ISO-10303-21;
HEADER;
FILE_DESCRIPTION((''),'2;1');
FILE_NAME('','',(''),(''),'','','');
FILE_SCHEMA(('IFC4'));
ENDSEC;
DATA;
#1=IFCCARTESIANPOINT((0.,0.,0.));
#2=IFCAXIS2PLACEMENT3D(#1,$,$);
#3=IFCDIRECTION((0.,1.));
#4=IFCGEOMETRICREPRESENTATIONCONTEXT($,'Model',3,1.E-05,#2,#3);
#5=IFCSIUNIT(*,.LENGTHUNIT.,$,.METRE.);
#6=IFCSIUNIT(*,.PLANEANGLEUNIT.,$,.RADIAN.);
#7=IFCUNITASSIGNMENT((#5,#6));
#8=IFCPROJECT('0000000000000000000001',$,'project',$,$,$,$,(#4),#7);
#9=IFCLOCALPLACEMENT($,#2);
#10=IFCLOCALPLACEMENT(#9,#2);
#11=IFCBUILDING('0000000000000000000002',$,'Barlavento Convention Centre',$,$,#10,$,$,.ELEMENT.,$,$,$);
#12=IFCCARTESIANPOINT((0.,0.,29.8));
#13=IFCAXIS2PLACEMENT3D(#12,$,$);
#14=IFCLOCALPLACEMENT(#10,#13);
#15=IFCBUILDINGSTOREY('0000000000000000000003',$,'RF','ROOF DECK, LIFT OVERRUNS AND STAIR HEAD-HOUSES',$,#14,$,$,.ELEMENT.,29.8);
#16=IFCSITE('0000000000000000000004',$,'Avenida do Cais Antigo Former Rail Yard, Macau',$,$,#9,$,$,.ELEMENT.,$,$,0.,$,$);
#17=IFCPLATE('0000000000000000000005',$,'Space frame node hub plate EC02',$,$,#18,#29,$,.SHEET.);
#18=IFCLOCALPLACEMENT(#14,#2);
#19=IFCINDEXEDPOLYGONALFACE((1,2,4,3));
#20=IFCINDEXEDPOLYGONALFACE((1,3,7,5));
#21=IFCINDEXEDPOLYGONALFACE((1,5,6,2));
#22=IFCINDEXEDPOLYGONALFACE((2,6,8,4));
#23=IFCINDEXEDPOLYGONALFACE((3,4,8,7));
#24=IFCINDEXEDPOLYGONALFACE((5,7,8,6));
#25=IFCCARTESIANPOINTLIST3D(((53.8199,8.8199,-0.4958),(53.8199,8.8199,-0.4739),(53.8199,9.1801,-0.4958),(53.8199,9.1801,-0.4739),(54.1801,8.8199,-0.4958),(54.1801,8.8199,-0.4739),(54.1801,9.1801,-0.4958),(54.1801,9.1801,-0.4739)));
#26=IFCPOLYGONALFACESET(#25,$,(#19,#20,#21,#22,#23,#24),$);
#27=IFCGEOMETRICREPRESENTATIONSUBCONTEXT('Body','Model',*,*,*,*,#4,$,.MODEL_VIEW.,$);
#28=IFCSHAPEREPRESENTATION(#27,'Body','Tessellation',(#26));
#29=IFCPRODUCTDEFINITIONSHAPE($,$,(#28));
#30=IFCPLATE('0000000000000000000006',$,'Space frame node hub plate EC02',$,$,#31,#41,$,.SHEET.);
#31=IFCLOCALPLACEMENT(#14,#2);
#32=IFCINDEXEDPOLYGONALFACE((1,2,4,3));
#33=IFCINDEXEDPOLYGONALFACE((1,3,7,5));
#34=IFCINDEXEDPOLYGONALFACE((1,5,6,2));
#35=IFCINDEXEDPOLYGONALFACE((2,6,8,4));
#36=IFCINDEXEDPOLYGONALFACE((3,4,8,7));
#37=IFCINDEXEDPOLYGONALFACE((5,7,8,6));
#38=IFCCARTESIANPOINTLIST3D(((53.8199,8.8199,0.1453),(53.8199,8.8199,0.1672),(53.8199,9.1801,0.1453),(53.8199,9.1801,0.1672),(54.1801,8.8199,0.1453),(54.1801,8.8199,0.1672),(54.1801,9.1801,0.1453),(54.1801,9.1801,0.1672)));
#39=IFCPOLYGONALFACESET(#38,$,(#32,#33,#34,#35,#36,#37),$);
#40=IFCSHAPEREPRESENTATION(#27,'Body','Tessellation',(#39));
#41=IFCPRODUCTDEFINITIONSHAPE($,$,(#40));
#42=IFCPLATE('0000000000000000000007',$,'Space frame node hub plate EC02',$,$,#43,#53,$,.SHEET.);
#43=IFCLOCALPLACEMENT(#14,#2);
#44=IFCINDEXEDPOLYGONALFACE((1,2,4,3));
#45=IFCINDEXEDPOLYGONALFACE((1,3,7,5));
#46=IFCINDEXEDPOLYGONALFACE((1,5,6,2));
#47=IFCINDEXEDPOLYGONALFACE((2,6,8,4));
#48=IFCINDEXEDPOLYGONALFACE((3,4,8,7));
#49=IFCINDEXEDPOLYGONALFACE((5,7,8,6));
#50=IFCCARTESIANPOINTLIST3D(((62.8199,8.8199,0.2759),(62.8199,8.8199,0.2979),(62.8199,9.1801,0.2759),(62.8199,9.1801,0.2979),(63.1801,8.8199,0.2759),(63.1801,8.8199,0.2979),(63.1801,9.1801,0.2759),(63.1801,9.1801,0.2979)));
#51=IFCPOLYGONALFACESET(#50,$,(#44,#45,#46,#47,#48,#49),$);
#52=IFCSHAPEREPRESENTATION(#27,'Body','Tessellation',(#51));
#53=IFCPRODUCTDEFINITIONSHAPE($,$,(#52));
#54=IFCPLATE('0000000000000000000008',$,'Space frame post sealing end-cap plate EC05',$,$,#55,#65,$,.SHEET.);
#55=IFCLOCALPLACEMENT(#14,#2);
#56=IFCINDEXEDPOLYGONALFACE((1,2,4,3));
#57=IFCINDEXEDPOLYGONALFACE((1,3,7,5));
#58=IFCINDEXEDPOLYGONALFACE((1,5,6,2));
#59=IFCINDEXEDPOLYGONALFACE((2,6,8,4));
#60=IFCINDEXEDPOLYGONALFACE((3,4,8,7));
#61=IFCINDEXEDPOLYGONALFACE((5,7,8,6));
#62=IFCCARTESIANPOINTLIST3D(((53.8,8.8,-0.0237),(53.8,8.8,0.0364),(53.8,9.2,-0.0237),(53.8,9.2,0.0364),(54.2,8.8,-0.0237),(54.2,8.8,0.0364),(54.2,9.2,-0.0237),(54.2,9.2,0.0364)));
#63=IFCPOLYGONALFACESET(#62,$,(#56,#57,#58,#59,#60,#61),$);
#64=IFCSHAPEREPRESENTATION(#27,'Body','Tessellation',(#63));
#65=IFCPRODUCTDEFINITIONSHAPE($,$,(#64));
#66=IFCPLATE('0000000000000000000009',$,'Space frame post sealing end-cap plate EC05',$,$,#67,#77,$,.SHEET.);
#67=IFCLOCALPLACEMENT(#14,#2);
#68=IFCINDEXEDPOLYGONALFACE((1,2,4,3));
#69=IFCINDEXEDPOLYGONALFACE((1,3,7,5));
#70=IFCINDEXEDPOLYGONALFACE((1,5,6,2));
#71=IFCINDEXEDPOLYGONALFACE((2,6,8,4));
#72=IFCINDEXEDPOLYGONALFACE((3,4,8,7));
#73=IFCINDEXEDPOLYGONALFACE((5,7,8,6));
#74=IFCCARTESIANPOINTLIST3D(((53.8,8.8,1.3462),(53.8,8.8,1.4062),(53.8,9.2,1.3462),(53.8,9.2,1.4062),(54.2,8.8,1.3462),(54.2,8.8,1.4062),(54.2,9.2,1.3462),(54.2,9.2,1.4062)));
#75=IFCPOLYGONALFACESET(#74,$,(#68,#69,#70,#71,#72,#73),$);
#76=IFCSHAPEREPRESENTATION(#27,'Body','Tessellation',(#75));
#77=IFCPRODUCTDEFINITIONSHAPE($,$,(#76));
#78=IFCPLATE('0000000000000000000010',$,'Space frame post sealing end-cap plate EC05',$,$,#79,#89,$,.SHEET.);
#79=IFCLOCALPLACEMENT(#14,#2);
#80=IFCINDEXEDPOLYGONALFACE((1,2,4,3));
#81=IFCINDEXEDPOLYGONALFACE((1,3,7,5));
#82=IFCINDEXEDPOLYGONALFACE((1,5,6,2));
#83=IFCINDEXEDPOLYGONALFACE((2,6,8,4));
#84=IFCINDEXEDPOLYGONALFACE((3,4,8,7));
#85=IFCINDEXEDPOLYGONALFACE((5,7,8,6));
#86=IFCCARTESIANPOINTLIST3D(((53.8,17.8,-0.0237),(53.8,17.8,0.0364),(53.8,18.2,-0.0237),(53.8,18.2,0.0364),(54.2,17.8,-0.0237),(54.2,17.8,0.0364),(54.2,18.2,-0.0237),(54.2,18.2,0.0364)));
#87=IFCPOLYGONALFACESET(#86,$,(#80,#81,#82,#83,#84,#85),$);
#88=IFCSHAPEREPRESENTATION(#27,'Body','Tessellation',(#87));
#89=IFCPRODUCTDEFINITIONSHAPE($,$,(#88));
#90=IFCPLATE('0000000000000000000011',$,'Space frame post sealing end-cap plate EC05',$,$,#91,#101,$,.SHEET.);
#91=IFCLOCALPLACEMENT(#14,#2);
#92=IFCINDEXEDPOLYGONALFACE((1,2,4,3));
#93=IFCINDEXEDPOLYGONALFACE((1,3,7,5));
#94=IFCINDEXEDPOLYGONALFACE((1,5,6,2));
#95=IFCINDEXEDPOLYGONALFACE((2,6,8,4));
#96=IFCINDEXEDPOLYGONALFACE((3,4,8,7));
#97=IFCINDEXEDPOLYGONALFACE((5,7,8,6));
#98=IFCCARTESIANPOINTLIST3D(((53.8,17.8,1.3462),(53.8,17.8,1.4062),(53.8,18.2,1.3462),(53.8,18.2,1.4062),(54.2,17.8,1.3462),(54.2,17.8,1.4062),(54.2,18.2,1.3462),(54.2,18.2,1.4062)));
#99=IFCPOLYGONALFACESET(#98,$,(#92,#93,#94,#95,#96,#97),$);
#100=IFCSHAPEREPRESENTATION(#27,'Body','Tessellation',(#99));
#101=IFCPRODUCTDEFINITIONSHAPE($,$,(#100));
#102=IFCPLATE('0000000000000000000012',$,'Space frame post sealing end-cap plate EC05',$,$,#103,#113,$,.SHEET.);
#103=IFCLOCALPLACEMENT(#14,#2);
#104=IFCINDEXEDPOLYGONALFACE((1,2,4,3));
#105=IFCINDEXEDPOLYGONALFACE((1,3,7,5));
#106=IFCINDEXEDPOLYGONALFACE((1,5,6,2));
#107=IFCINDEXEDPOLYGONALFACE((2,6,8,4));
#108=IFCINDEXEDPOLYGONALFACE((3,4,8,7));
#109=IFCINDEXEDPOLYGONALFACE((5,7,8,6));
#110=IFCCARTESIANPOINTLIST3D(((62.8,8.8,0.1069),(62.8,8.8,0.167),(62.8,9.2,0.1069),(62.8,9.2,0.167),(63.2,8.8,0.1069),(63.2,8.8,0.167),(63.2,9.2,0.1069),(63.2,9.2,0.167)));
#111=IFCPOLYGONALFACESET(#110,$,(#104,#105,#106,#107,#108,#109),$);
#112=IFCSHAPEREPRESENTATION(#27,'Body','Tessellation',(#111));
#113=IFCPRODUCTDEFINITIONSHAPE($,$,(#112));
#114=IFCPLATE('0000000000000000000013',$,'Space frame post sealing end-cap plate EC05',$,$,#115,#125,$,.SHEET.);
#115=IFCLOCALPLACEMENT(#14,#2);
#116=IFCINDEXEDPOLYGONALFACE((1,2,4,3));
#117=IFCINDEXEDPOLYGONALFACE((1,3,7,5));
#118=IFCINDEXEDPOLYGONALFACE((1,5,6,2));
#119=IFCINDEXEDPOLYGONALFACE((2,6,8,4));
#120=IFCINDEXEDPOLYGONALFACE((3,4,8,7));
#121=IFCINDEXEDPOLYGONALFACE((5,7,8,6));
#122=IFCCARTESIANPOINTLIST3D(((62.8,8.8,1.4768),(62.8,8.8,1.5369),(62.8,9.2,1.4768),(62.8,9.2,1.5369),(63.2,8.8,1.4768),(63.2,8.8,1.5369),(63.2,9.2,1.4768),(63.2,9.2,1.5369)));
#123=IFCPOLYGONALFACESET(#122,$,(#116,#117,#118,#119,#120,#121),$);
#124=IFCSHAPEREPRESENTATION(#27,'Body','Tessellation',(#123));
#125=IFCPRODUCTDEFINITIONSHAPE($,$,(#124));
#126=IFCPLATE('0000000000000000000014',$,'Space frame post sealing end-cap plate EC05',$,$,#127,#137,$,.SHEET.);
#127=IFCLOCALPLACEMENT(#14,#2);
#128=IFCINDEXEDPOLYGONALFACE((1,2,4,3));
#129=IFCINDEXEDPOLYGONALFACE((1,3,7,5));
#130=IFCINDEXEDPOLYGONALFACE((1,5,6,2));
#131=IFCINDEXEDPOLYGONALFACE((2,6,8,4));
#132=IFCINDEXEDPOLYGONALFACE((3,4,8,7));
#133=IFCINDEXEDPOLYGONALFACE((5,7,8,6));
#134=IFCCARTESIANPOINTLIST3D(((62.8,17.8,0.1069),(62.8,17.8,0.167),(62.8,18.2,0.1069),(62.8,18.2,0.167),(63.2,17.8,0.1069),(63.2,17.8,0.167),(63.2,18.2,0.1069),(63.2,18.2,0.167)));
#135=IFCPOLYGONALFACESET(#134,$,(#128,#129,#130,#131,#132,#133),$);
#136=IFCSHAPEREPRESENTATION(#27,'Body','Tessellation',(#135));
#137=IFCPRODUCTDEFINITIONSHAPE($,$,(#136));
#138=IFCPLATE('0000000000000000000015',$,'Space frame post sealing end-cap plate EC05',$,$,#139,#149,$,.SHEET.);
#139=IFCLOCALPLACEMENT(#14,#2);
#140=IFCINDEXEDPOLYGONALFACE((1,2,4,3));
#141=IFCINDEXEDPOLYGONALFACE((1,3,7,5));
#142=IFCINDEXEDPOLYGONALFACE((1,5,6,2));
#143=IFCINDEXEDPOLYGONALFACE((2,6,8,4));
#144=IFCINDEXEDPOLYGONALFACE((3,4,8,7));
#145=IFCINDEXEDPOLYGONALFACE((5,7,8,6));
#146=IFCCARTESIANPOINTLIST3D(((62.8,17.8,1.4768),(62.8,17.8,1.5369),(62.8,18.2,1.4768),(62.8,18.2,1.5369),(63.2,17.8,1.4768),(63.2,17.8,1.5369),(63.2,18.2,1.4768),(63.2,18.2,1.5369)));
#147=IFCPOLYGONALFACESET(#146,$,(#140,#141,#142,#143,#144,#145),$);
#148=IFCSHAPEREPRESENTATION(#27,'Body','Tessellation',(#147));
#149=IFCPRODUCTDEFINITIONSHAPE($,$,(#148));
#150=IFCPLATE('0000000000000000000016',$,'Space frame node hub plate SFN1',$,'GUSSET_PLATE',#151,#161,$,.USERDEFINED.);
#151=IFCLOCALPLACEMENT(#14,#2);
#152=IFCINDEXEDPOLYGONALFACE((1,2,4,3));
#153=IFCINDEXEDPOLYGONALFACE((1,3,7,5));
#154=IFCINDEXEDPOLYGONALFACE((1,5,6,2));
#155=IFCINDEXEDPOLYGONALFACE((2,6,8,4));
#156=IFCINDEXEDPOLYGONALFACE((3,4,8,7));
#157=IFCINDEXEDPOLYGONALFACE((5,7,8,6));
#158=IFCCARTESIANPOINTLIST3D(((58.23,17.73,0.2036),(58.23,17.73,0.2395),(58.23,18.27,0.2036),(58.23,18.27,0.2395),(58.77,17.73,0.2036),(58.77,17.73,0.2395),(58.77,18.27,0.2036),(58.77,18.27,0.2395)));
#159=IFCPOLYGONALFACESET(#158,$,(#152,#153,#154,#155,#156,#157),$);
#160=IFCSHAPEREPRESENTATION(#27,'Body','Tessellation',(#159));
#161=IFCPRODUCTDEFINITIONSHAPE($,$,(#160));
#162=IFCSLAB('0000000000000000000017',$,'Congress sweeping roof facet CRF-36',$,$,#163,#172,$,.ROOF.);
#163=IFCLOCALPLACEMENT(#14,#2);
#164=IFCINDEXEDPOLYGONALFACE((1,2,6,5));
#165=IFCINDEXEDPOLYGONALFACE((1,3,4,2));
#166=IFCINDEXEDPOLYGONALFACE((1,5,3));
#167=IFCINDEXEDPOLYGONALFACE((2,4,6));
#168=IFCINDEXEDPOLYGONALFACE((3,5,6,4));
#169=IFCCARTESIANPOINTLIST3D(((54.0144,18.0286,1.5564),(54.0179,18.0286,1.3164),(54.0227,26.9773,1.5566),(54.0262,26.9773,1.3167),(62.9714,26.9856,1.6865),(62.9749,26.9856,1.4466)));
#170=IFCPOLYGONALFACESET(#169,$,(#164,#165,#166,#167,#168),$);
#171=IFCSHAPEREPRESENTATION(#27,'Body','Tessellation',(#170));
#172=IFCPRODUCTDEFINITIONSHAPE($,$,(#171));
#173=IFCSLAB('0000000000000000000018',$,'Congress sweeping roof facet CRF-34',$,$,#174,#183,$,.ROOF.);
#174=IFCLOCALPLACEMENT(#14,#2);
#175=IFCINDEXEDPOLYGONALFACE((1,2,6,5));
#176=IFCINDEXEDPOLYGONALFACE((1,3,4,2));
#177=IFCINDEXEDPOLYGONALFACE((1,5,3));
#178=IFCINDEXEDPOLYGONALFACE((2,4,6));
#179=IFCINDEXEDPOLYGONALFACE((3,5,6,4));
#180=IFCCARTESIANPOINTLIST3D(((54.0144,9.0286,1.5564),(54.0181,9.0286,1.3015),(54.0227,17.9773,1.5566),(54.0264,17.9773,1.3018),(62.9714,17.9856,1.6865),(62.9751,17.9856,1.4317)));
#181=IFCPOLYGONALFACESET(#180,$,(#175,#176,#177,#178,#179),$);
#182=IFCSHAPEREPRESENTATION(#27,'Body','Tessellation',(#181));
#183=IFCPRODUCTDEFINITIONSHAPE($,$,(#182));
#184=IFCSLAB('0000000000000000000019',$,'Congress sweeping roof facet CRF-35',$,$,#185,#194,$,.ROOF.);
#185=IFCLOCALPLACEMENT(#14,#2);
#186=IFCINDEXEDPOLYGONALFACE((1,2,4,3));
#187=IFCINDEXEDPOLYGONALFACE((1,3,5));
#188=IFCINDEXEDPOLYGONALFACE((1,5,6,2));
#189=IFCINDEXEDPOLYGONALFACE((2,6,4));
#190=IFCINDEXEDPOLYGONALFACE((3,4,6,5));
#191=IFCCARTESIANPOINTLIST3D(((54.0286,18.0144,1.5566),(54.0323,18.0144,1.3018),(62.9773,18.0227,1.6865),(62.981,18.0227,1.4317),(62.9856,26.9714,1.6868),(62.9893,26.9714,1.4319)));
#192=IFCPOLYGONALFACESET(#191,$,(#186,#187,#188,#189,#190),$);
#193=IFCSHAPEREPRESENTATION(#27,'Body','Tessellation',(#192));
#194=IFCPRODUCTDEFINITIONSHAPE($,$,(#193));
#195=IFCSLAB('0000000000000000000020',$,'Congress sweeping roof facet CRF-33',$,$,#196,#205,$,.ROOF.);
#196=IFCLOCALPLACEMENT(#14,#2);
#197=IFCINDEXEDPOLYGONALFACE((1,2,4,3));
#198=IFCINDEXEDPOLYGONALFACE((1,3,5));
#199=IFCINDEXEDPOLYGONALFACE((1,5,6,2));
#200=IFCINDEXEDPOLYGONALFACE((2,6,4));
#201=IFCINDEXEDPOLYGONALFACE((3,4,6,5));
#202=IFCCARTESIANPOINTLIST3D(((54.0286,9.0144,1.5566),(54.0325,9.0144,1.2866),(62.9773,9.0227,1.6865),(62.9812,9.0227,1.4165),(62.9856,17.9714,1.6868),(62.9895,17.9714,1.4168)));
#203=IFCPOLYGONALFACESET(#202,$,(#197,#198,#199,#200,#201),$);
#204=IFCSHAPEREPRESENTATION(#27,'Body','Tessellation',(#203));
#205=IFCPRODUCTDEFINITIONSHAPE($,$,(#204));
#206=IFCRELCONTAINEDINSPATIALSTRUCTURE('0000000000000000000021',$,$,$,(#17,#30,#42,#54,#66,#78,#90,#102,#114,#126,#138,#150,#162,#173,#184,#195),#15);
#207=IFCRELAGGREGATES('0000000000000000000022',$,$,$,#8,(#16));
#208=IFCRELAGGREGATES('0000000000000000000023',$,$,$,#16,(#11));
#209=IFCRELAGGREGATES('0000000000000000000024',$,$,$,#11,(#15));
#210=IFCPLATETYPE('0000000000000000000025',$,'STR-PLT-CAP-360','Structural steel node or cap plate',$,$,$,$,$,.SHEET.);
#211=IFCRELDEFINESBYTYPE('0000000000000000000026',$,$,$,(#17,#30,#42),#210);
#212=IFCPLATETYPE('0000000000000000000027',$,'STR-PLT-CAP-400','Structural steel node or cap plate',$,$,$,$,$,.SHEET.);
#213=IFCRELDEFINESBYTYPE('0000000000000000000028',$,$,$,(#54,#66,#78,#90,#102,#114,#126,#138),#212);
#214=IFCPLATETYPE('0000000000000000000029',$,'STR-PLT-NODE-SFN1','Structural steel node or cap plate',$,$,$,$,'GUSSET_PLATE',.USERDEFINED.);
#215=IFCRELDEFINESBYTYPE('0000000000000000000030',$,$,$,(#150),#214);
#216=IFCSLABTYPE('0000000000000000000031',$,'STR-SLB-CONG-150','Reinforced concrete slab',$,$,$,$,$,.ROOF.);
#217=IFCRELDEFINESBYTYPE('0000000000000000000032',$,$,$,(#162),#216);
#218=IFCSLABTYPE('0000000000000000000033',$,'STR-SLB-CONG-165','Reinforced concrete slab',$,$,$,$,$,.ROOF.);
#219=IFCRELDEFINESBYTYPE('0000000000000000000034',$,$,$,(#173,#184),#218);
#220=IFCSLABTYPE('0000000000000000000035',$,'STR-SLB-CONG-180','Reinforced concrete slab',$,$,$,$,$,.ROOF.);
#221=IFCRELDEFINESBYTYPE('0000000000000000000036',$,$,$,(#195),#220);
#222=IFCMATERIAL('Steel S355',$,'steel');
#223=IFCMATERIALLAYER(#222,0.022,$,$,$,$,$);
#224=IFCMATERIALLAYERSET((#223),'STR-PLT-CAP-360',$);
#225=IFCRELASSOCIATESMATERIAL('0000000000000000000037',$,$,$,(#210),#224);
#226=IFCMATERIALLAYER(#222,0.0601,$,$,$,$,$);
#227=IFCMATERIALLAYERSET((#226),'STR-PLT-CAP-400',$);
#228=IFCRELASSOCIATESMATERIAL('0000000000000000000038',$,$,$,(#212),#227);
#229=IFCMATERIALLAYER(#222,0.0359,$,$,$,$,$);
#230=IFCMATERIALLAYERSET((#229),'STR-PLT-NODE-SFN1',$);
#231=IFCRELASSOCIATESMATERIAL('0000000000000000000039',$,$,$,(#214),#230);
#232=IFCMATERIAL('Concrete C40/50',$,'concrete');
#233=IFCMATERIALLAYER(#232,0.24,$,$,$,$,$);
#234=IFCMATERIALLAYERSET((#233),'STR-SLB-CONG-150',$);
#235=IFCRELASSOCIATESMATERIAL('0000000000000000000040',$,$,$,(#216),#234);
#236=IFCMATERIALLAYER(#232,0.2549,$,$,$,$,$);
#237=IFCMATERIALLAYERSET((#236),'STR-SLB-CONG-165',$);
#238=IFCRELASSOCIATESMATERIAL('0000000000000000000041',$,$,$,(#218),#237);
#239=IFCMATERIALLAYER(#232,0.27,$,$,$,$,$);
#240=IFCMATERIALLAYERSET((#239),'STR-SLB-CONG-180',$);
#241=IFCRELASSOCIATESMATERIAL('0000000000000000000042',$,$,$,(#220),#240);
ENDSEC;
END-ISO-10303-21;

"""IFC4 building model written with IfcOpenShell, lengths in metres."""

from ifc_helpers import new_model, si_unit, direction, frame, origin, origin_2d, place, context, subcontext, project, spatial, polyline, rectangle, outline, extrude, material, layer, layer_set, type_object, element, save


model = new_model("IFC4")

# Units and contexts
model_context = context("Model", 3, precision=1e-05, world=origin(), true_north=direction((0.0, 1.0)))
body_context = subcontext(model_context, "Body", "Model", "MODEL_VIEW")
ifc_project = project(units=[si_unit("LENGTHUNIT", "METRE"), si_unit("PLANEANGLEUNIT", "RADIAN")], contexts=[model_context])

# Site, building, storey
site_placement = place(None, origin())
site = spatial("IfcSite", under=ifc_project, at=site_placement, Name="Avenida do Cais Antigo Former Rail Yard, Macau", CompositionType="ELEMENT", RefElevation=0.0)
building_placement = place(site_placement, origin())
building = spatial("IfcBuilding", under=site, at=building_placement, Name="Barlavento Convention Centre", CompositionType="ELEMENT")
storey_placement = place(building_placement, frame((0.0, 0.0, 29.8)))
storey = spatial("IfcBuildingStorey", under=building, at=storey_placement, Name="RF", Description="ROOF DECK, LIFT OVERRUNS AND STAIR HEAD-HOUSES", CompositionType="ELEMENT", Elevation=29.8)

# Shared definitions
ifc_material_1 = material(Name="Steel S355", Category="steel")

# Plates
ifc_layer_1 = layer(ifc_material_1, 0.022)
ifc_layer_set_1 = layer_set([ifc_layer_1], Name="STR-PLT-CAP-360")
plate_type_1 = type_object("IfcPlateType", Name="STR-PLT-CAP-360", Description="Structural steel node or cap plate", PredefinedType="SHEET", material=ifc_layer_set_1)
for number, where, z_axis, x_axis, name in (
    (1, (54.0, 9.0, -0.4958), (0.0, 0.0, 1.0), (1.0, 0.0, 0.0), "Space frame node hub plate EC02"),
    (2, (54.0, 9.0, 0.1453), (0.0, 0.0, 1.0), (1.0, 0.0, 0.0), "Space frame node hub plate EC02"),
    (3, (63.0, 9.0, 0.2759), (0.0, 0.0, 1.0), (1.0, 0.0, 0.0), "Space frame node hub plate EC02"),
):
    element("IfcPlate", number, at=place(storey_placement, frame(where, z_axis=z_axis, x_axis=x_axis)), inside=storey, type_object=plate_type_1, Name=name, PredefinedType="SHEET", context=body_context, shape_type="SweptSolid", body=[
        extrude(rectangle(XDim=0.3601, YDim=0.3601, at=origin_2d()), origin(), (0.0, 0.0, 1.0), 0.022),
    ])
ifc_layer_2 = layer(ifc_material_1, 0.0601)
ifc_layer_set_2 = layer_set([ifc_layer_2], Name="STR-PLT-CAP-400")
plate_type_2 = type_object("IfcPlateType", Name="STR-PLT-CAP-400", Description="Structural steel node or cap plate", PredefinedType="SHEET", material=ifc_layer_set_2)
for number, where, z_axis, x_axis, name in (
    (4, (54.0, 9.0, -0.0237), (0.0, 0.0, 1.0), (1.0, 0.0, 0.0), "Space frame post sealing end-cap plate EC05"),
    (5, (54.0, 9.0, 1.3462), (0.0, 0.0, 1.0), (1.0, 0.0, 0.0), "Space frame post sealing end-cap plate EC05"),
    (6, (54.0, 18.0, -0.0237), (0.0, 0.0, 1.0), (1.0, 0.0, 0.0), "Space frame post sealing end-cap plate EC05"),
    (7, (54.0, 18.0, 1.3462), (0.0, 0.0, 1.0), (1.0, 0.0, 0.0), "Space frame post sealing end-cap plate EC05"),
    (8, (63.0, 9.0, 0.1069), (0.0, 0.0, 1.0), (1.0, 0.0, 0.0), "Space frame post sealing end-cap plate EC05"),
    (9, (63.0, 9.0, 1.4768), (0.0, 0.0, 1.0), (1.0, 0.0, 0.0), "Space frame post sealing end-cap plate EC05"),
    (10, (63.0, 18.0, 0.1069), (0.0, 0.0, 1.0), (1.0, 0.0, 0.0), "Space frame post sealing end-cap plate EC05"),
    (11, (63.0, 18.0, 1.4768), (0.0, 0.0, 1.0), (1.0, 0.0, 0.0), "Space frame post sealing end-cap plate EC05"),
):
    element("IfcPlate", number, at=place(storey_placement, frame(where, z_axis=z_axis, x_axis=x_axis)), inside=storey, type_object=plate_type_2, Name=name, PredefinedType="SHEET", context=body_context, shape_type="SweptSolid", body=[
        extrude(rectangle(XDim=0.3999, YDim=0.3999, at=origin_2d()), origin(), (0.0, 0.0, 1.0), 0.0601),
    ])
ifc_layer_3 = layer(ifc_material_1, 0.0359)
ifc_layer_set_3 = layer_set([ifc_layer_3], Name="STR-PLT-NODE-SFN1")
plate_type_3 = type_object("IfcPlateType", Name="STR-PLT-NODE-SFN1", Description="Structural steel node or cap plate", ElementType="GUSSET_PLATE", PredefinedType="USERDEFINED", material=ifc_layer_set_3)
plate_placement = place(storey_placement, frame((58.5, 18.0, 0.2036), z_axis=(0.0, 0.0, 1.0), x_axis=(1.0, 0.0, 0.0)))
element("IfcPlate", 12, at=plate_placement, inside=storey, type_object=plate_type_3, Name="Space frame node hub plate SFN1", ObjectType="GUSSET_PLATE", PredefinedType="USERDEFINED", context=body_context, shape_type="SweptSolid", body=[
    extrude(rectangle(XDim=0.54, YDim=0.54, at=origin_2d()), origin(), (0.0, 0.0, 1.0), 0.0359),
])

# Slabs
ifc_material_2 = material(Name="Concrete C40/50", Category="concrete")
ifc_layer_4 = layer(ifc_material_2, 0.24)
ifc_layer_set_4 = layer_set([ifc_layer_4], Name="STR-SLB-CONG-150")
slab_type_1 = type_object("IfcSlabType", Name="STR-SLB-CONG-150", Description="Reinforced concrete slab", PredefinedType="ROOF", material=ifc_layer_set_4)
slab_1_placement = place(storey_placement, frame((54.0144, 18.0286, 1.5564), z_axis=(-0.014513, -0.000014, 0.999895), x_axis=(0.707069, 0.707069, 0.010272)))
element("IfcSlab", 13, at=slab_1_placement, inside=storey, type_object=slab_type_1, Name="Congress sweeping roof facet CRF-36", PredefinedType="ROOF", context=body_context, shape_type="SweptSolid", body=[
    extrude(outline(polyline([(0.0, 0.0), (12.6678, 0.0), (6.3332, 6.3222), (0.0, 0.0)])), origin(), (0.0, 0.0, -1.0), 0.24),
])
ifc_layer_5 = layer(ifc_material_2, 0.2549)
ifc_layer_set_5 = layer_set([ifc_layer_5], Name="STR-SLB-CONG-165")
slab_type_2 = type_object("IfcSlabType", Name="STR-SLB-CONG-165", Description="Reinforced concrete slab", PredefinedType="ROOF", material=ifc_layer_set_5)
slab_2_placement = place(storey_placement, frame((54.0144, 9.0286, 1.5564), z_axis=(-0.014513, -0.000014, 0.999895), x_axis=(0.707069, 0.707069, 0.010272)))
element("IfcSlab", 14, at=slab_2_placement, inside=storey, type_object=slab_type_2, Name="Congress sweeping roof facet CRF-34", PredefinedType="ROOF", context=body_context, shape_type="SweptSolid", body=[
    extrude(outline(polyline([(0.0, 0.0), (12.6678, 0.0), (6.3332, 6.3222), (0.0, 0.0)])), origin(), (0.0, 0.0, -1.0), 0.2549),
])
slab_3_placement = place(storey_placement, frame((54.0286, 18.0144, 1.5566), z_axis=(-0.014513, -0.000014, 0.999895), x_axis=(0.999894, 0.000927, 0.014513)))
element("IfcSlab", 15, at=slab_3_placement, inside=storey, type_object=slab_type_2, Name="Congress sweeping roof facet CRF-35", PredefinedType="ROOF", context=body_context, shape_type="SweptSolid", body=[
    extrude(outline(polyline([(0.0, 0.0), (8.9497, 0.0), (8.9663, 8.9487), (0.0, 0.0)])), origin(), (0.0, 0.0, -1.0), 0.2549),
])
ifc_layer_6 = layer(ifc_material_2, 0.27)
ifc_layer_set_6 = layer_set([ifc_layer_6], Name="STR-SLB-CONG-180")
slab_type_3 = type_object("IfcSlabType", Name="STR-SLB-CONG-180", Description="Reinforced concrete slab", PredefinedType="ROOF", material=ifc_layer_set_6)
slab_4_placement = place(storey_placement, frame((54.0286, 9.0144, 1.5566), z_axis=(-0.014513, -0.000014, 0.999895), x_axis=(0.999894, 0.000927, 0.014513)))
element("IfcSlab", 16, at=slab_4_placement, inside=storey, type_object=slab_type_3, Name="Congress sweeping roof facet CRF-33", PredefinedType="ROOF", context=body_context, shape_type="SweptSolid", body=[
    extrude(outline(polyline([(0.0, 0.0), (8.9497, 0.0), (8.9663, 8.9487), (0.0, 0.0)])), origin(), (0.0, 0.0, -1.0), 0.27),
])

save(model, "model.ifc")
